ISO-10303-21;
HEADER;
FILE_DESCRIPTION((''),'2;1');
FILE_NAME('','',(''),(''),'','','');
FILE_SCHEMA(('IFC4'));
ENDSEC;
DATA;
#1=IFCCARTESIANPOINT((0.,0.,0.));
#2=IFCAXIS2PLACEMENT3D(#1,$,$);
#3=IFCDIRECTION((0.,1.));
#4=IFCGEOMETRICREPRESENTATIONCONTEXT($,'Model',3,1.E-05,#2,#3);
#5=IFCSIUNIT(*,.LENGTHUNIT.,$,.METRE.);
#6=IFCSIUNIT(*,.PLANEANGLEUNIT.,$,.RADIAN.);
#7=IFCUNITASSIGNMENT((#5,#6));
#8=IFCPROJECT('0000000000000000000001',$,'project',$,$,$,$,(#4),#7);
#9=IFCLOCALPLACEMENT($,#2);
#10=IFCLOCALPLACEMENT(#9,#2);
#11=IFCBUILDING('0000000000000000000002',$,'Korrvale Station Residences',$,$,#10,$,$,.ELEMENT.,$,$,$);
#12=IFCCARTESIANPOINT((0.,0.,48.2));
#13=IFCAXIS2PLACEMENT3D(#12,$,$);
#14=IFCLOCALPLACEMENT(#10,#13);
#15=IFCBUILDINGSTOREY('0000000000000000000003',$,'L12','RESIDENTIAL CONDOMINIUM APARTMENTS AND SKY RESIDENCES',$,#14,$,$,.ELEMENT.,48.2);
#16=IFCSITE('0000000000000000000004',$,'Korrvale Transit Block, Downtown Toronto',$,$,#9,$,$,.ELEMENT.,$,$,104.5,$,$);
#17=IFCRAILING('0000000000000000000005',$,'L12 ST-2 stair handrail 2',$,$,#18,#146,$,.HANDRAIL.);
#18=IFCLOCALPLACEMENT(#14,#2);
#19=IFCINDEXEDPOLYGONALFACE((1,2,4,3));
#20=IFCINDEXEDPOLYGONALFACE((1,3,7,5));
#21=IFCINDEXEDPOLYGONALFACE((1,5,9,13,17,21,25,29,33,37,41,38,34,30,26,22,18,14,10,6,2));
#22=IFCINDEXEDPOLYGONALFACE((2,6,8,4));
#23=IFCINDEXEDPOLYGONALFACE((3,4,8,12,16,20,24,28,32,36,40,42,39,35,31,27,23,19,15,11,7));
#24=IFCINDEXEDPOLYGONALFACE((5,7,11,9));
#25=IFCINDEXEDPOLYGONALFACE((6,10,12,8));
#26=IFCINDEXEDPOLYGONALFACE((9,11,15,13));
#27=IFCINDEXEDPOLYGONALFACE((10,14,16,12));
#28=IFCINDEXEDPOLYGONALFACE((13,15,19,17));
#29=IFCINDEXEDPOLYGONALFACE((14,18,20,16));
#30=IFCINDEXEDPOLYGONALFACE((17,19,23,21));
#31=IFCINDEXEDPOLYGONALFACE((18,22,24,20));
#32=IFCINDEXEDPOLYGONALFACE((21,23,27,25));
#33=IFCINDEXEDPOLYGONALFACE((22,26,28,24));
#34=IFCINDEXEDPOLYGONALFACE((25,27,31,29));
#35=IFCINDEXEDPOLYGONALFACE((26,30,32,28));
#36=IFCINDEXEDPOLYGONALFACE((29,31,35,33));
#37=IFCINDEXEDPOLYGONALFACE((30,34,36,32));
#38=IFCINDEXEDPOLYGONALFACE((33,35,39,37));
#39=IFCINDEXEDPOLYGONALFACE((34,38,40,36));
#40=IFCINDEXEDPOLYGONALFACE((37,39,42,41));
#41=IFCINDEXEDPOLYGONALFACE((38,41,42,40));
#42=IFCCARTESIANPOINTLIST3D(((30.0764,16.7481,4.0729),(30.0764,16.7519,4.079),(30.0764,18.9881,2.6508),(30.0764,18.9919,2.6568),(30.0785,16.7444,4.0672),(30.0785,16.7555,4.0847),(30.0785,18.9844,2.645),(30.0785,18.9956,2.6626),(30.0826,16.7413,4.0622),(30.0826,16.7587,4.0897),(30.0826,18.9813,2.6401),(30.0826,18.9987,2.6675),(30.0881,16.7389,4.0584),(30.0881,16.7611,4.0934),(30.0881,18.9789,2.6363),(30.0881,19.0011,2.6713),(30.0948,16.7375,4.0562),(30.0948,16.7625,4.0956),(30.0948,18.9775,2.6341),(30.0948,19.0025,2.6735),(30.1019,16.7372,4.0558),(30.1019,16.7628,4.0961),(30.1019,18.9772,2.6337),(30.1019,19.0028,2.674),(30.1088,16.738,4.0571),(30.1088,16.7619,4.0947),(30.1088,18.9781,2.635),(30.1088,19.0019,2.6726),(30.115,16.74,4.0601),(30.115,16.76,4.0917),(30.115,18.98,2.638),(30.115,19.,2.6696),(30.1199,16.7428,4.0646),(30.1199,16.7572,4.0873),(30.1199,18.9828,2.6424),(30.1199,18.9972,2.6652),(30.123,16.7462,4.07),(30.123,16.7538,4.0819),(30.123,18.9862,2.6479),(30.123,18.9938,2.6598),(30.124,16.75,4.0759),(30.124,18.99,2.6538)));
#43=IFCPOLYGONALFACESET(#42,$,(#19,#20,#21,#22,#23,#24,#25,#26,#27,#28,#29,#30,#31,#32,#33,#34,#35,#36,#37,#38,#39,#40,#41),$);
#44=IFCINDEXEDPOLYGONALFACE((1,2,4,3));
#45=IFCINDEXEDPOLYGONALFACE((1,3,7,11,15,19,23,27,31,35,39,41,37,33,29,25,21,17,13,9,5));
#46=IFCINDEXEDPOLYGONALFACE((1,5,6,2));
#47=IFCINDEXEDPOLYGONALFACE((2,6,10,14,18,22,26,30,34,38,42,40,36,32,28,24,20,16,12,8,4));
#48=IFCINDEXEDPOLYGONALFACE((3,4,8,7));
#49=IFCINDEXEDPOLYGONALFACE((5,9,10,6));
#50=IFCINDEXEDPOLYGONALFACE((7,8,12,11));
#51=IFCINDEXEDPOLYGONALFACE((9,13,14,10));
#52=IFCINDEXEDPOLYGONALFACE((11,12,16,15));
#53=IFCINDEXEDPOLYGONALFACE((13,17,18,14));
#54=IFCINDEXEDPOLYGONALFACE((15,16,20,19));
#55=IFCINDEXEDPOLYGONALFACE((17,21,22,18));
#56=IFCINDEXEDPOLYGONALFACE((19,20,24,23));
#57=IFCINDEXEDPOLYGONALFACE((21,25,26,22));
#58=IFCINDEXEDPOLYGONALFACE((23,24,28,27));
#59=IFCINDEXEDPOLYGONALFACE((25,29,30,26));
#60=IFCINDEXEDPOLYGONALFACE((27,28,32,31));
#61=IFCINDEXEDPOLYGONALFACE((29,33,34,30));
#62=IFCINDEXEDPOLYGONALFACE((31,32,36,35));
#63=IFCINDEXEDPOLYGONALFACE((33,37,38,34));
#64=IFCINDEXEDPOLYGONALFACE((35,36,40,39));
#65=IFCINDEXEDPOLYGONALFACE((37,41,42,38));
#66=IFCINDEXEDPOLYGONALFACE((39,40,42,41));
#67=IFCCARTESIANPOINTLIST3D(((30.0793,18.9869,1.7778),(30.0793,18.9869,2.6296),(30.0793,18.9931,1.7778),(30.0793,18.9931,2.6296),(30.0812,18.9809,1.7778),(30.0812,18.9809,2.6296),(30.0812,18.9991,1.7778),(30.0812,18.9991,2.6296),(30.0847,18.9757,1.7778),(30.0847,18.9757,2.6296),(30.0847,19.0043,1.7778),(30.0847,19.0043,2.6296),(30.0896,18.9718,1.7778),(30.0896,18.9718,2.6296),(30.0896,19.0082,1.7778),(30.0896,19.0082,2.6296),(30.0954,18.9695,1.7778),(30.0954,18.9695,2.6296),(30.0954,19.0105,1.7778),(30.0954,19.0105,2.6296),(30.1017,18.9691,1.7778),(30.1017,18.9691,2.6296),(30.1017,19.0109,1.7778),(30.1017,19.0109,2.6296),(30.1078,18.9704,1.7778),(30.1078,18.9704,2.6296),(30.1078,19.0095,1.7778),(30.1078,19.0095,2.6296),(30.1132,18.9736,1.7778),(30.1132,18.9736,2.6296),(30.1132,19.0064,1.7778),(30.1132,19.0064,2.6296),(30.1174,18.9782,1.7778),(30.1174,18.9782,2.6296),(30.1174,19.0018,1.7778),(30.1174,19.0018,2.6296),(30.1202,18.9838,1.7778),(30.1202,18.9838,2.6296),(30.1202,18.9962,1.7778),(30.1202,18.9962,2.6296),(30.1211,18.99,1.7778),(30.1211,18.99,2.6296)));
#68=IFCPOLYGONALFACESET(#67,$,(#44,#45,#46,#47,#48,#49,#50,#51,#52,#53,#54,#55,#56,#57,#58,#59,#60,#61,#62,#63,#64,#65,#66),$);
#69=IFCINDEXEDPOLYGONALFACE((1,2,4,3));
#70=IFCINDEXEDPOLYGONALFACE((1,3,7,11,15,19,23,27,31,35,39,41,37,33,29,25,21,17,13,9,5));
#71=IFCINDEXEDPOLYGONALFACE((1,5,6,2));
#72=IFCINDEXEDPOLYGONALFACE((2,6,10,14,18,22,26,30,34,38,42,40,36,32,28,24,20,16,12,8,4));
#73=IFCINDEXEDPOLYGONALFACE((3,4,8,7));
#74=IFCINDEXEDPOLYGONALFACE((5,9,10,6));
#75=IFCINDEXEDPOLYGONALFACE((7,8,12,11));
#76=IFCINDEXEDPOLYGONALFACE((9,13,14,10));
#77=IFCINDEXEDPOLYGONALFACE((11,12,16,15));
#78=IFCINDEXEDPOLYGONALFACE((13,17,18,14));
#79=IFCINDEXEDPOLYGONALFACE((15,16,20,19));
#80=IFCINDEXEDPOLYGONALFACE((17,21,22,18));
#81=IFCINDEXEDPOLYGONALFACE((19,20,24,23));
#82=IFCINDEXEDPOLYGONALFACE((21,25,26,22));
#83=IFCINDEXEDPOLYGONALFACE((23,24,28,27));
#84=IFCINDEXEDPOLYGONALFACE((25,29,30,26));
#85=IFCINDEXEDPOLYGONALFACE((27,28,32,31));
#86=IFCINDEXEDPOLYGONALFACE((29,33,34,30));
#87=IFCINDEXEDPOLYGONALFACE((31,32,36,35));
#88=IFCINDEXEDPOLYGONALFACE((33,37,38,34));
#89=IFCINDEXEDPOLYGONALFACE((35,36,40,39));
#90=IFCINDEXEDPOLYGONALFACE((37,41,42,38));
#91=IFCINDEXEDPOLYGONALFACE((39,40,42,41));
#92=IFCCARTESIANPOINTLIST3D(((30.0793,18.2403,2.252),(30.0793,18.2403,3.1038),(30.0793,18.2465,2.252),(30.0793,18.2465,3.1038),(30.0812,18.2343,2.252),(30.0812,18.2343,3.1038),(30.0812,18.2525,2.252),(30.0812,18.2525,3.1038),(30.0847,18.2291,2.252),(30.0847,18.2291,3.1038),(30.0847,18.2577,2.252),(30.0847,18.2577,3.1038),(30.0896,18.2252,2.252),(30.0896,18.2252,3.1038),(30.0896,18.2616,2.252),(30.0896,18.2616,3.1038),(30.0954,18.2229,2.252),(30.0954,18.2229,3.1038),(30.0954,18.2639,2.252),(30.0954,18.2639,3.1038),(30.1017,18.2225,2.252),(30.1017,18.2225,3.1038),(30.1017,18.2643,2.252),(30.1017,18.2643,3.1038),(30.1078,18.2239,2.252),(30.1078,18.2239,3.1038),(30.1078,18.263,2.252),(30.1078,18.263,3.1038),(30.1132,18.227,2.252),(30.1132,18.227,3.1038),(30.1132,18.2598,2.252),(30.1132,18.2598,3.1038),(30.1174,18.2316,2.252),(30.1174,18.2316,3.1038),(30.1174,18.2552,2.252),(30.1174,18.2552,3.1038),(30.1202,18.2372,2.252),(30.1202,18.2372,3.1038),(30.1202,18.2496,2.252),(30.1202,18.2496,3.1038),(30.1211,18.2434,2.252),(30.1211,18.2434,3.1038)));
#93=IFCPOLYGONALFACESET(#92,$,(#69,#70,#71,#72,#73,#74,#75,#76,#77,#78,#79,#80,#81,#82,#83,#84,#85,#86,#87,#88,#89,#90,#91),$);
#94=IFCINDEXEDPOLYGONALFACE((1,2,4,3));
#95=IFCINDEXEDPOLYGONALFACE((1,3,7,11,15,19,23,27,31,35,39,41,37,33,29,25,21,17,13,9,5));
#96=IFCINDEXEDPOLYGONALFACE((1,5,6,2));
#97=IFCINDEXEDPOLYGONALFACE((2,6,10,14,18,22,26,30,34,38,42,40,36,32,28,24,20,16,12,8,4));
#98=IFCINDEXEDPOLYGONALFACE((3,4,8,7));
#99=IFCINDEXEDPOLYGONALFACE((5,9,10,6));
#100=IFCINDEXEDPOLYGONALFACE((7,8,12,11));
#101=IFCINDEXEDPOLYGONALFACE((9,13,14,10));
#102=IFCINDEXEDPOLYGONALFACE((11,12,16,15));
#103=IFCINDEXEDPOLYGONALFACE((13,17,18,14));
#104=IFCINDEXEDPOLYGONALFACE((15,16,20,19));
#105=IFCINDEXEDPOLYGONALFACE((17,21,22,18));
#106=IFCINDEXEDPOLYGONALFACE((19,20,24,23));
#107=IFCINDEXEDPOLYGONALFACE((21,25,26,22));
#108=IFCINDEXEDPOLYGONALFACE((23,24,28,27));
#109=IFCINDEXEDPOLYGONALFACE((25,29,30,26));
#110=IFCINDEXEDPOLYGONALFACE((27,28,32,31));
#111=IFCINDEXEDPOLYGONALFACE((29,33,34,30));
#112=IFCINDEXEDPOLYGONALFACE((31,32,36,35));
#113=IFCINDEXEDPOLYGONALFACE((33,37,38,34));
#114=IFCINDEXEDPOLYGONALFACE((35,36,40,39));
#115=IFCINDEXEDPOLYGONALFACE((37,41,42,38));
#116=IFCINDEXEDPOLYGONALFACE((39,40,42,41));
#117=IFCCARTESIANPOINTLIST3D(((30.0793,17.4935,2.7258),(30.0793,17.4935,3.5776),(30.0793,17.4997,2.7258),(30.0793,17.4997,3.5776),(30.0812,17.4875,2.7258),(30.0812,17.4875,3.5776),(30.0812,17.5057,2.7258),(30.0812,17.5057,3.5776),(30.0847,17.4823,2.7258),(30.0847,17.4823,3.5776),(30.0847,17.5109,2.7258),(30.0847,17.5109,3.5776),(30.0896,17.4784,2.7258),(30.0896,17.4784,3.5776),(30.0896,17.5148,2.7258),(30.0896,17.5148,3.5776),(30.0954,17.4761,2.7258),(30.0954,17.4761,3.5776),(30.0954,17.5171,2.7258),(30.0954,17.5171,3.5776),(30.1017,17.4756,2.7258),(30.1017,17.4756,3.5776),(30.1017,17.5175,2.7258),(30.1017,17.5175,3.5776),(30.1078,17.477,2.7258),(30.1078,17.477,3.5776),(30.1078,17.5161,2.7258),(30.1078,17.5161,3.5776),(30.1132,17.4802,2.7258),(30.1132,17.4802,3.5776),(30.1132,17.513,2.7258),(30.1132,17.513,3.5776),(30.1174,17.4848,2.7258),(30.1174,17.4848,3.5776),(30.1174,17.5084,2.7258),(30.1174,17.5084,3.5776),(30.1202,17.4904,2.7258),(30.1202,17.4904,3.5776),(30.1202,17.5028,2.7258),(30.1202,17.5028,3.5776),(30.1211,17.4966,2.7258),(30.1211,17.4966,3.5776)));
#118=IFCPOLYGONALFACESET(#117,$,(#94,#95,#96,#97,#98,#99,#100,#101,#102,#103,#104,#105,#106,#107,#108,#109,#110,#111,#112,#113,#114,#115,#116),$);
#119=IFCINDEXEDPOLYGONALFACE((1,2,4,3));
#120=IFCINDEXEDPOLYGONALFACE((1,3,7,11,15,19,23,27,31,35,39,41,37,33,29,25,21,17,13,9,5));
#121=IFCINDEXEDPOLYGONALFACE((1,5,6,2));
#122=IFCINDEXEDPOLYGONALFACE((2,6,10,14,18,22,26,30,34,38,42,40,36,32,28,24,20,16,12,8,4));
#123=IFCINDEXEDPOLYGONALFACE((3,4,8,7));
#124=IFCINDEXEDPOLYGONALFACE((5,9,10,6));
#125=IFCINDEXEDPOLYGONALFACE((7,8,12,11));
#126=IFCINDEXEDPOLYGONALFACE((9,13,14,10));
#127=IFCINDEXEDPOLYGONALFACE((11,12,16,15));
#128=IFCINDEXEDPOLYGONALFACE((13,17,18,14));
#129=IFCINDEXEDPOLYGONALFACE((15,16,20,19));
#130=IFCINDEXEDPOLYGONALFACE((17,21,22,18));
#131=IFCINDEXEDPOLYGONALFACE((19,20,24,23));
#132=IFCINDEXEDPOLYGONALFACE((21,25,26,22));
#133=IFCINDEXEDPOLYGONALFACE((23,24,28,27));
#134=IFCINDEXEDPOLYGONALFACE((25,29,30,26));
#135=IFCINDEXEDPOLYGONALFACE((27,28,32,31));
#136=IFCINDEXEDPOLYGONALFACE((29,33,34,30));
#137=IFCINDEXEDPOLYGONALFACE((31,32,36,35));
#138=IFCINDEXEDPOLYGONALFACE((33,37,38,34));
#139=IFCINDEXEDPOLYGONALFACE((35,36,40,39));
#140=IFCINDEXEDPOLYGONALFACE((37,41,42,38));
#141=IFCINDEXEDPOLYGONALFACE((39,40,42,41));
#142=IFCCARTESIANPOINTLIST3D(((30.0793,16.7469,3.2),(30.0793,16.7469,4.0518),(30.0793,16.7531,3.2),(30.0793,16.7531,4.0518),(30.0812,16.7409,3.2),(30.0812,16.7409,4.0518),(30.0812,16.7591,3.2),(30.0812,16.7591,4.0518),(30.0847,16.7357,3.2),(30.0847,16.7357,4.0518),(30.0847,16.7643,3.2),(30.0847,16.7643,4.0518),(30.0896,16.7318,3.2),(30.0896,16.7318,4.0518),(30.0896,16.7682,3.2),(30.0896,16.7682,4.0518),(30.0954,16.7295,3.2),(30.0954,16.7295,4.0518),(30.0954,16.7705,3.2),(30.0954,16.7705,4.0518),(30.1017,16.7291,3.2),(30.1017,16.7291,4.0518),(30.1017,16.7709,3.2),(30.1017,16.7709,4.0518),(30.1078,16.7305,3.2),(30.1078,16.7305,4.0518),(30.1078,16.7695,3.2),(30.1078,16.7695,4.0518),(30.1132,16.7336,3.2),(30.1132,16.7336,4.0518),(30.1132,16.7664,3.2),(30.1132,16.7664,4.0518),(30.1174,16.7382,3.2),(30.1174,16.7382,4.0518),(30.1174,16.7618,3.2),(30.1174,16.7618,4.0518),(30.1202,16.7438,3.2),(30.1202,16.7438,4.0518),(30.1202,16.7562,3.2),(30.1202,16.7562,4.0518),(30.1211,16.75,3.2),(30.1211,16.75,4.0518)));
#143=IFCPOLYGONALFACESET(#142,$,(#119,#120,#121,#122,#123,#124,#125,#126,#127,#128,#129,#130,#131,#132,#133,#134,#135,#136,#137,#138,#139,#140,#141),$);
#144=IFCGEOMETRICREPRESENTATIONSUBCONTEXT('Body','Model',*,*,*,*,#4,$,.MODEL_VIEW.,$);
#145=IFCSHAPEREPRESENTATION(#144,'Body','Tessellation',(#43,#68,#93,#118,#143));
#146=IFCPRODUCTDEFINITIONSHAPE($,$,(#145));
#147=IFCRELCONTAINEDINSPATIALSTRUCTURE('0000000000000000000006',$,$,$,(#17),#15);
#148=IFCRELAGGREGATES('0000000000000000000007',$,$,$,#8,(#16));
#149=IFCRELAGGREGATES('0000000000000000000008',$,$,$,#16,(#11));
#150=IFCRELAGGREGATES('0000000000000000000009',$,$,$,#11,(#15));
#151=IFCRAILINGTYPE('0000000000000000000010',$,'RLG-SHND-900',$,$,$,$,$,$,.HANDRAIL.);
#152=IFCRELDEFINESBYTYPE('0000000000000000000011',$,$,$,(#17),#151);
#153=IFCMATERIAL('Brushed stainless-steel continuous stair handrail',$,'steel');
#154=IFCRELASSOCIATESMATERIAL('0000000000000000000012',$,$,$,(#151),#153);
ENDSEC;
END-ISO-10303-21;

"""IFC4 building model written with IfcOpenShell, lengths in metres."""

from ifc_helpers import new_model, si_unit, direction, frame, origin, origin_2d, place, context, subcontext, project, spatial, circle, extrude, material, type_object, element, save


model = new_model("IFC4")

# Units and contexts
model_context = context("Model", 3, precision=1e-05, world=origin(), true_north=direction((0.0, 1.0)))
body_context = subcontext(model_context, "Body", "Model", "MODEL_VIEW")
ifc_project = project(units=[si_unit("LENGTHUNIT", "METRE"), si_unit("PLANEANGLEUNIT", "RADIAN")], contexts=[model_context])

# Site, building, storey
site_placement = place(None, origin())
site = spatial("IfcSite", under=ifc_project, at=site_placement, Name="Korrvale Transit Block, Downtown Toronto", CompositionType="ELEMENT", RefElevation=104.5)
building_placement = place(site_placement, origin())
building = spatial("IfcBuilding", under=site, at=building_placement, Name="Korrvale Station Residences", CompositionType="ELEMENT")
storey_placement = place(building_placement, frame((0.0, 0.0, 48.2)))
storey = spatial("IfcBuildingStorey", under=building, at=storey_placement, Name="L12", Description="RESIDENTIAL CONDOMINIUM APARTMENTS AND SKY RESIDENCES", CompositionType="ELEMENT", Elevation=48.2)

# Railing
ifc_material_1 = material(Name="Brushed stainless-steel continuous stair handrail", Category="steel")
railing_type_1 = type_object("IfcRailingType", Name="RLG-SHND-900", PredefinedType="HANDRAIL", material=ifc_material_1)
railing_1_placement = place(storey_placement, frame((30.1001, 18.99, 1.7778)))
element("IfcRailing", 1, at=railing_1_placement, inside=storey, type_object=railing_type_1, Name="L12 ST-2 stair handrail 2", PredefinedType="HANDRAIL", context=body_context, shape_type="SweptSolid", body=[
    extrude(circle(Radius=0.0239, at=origin_2d()), frame((0.0, 0.0, 0.876), z_axis=(0.0, -0.844229, 0.535982), x_axis=(1.0, 0.0, 0.0)), (0.0, 0.0, 1.0), 2.6533),
    extrude(circle(Radius=0.021, at=origin_2d()), origin(), (0.0, 0.0, 1.0), 0.8518),
    extrude(circle(Radius=0.021, at=origin_2d()), frame((0.0, -0.7466, 0.4741)), (0.0, 0.0, 1.0), 0.8518),
    extrude(circle(Radius=0.021, at=origin_2d()), frame((0.0, -1.4934, 0.948)), (0.0, 0.0, 1.0), 0.8518),
    extrude(circle(Radius=0.021, at=origin_2d()), frame((0.0, -2.24, 1.4221)), (0.0, 0.0, 1.0), 0.8518),
])

save(model, "model.ifc")
